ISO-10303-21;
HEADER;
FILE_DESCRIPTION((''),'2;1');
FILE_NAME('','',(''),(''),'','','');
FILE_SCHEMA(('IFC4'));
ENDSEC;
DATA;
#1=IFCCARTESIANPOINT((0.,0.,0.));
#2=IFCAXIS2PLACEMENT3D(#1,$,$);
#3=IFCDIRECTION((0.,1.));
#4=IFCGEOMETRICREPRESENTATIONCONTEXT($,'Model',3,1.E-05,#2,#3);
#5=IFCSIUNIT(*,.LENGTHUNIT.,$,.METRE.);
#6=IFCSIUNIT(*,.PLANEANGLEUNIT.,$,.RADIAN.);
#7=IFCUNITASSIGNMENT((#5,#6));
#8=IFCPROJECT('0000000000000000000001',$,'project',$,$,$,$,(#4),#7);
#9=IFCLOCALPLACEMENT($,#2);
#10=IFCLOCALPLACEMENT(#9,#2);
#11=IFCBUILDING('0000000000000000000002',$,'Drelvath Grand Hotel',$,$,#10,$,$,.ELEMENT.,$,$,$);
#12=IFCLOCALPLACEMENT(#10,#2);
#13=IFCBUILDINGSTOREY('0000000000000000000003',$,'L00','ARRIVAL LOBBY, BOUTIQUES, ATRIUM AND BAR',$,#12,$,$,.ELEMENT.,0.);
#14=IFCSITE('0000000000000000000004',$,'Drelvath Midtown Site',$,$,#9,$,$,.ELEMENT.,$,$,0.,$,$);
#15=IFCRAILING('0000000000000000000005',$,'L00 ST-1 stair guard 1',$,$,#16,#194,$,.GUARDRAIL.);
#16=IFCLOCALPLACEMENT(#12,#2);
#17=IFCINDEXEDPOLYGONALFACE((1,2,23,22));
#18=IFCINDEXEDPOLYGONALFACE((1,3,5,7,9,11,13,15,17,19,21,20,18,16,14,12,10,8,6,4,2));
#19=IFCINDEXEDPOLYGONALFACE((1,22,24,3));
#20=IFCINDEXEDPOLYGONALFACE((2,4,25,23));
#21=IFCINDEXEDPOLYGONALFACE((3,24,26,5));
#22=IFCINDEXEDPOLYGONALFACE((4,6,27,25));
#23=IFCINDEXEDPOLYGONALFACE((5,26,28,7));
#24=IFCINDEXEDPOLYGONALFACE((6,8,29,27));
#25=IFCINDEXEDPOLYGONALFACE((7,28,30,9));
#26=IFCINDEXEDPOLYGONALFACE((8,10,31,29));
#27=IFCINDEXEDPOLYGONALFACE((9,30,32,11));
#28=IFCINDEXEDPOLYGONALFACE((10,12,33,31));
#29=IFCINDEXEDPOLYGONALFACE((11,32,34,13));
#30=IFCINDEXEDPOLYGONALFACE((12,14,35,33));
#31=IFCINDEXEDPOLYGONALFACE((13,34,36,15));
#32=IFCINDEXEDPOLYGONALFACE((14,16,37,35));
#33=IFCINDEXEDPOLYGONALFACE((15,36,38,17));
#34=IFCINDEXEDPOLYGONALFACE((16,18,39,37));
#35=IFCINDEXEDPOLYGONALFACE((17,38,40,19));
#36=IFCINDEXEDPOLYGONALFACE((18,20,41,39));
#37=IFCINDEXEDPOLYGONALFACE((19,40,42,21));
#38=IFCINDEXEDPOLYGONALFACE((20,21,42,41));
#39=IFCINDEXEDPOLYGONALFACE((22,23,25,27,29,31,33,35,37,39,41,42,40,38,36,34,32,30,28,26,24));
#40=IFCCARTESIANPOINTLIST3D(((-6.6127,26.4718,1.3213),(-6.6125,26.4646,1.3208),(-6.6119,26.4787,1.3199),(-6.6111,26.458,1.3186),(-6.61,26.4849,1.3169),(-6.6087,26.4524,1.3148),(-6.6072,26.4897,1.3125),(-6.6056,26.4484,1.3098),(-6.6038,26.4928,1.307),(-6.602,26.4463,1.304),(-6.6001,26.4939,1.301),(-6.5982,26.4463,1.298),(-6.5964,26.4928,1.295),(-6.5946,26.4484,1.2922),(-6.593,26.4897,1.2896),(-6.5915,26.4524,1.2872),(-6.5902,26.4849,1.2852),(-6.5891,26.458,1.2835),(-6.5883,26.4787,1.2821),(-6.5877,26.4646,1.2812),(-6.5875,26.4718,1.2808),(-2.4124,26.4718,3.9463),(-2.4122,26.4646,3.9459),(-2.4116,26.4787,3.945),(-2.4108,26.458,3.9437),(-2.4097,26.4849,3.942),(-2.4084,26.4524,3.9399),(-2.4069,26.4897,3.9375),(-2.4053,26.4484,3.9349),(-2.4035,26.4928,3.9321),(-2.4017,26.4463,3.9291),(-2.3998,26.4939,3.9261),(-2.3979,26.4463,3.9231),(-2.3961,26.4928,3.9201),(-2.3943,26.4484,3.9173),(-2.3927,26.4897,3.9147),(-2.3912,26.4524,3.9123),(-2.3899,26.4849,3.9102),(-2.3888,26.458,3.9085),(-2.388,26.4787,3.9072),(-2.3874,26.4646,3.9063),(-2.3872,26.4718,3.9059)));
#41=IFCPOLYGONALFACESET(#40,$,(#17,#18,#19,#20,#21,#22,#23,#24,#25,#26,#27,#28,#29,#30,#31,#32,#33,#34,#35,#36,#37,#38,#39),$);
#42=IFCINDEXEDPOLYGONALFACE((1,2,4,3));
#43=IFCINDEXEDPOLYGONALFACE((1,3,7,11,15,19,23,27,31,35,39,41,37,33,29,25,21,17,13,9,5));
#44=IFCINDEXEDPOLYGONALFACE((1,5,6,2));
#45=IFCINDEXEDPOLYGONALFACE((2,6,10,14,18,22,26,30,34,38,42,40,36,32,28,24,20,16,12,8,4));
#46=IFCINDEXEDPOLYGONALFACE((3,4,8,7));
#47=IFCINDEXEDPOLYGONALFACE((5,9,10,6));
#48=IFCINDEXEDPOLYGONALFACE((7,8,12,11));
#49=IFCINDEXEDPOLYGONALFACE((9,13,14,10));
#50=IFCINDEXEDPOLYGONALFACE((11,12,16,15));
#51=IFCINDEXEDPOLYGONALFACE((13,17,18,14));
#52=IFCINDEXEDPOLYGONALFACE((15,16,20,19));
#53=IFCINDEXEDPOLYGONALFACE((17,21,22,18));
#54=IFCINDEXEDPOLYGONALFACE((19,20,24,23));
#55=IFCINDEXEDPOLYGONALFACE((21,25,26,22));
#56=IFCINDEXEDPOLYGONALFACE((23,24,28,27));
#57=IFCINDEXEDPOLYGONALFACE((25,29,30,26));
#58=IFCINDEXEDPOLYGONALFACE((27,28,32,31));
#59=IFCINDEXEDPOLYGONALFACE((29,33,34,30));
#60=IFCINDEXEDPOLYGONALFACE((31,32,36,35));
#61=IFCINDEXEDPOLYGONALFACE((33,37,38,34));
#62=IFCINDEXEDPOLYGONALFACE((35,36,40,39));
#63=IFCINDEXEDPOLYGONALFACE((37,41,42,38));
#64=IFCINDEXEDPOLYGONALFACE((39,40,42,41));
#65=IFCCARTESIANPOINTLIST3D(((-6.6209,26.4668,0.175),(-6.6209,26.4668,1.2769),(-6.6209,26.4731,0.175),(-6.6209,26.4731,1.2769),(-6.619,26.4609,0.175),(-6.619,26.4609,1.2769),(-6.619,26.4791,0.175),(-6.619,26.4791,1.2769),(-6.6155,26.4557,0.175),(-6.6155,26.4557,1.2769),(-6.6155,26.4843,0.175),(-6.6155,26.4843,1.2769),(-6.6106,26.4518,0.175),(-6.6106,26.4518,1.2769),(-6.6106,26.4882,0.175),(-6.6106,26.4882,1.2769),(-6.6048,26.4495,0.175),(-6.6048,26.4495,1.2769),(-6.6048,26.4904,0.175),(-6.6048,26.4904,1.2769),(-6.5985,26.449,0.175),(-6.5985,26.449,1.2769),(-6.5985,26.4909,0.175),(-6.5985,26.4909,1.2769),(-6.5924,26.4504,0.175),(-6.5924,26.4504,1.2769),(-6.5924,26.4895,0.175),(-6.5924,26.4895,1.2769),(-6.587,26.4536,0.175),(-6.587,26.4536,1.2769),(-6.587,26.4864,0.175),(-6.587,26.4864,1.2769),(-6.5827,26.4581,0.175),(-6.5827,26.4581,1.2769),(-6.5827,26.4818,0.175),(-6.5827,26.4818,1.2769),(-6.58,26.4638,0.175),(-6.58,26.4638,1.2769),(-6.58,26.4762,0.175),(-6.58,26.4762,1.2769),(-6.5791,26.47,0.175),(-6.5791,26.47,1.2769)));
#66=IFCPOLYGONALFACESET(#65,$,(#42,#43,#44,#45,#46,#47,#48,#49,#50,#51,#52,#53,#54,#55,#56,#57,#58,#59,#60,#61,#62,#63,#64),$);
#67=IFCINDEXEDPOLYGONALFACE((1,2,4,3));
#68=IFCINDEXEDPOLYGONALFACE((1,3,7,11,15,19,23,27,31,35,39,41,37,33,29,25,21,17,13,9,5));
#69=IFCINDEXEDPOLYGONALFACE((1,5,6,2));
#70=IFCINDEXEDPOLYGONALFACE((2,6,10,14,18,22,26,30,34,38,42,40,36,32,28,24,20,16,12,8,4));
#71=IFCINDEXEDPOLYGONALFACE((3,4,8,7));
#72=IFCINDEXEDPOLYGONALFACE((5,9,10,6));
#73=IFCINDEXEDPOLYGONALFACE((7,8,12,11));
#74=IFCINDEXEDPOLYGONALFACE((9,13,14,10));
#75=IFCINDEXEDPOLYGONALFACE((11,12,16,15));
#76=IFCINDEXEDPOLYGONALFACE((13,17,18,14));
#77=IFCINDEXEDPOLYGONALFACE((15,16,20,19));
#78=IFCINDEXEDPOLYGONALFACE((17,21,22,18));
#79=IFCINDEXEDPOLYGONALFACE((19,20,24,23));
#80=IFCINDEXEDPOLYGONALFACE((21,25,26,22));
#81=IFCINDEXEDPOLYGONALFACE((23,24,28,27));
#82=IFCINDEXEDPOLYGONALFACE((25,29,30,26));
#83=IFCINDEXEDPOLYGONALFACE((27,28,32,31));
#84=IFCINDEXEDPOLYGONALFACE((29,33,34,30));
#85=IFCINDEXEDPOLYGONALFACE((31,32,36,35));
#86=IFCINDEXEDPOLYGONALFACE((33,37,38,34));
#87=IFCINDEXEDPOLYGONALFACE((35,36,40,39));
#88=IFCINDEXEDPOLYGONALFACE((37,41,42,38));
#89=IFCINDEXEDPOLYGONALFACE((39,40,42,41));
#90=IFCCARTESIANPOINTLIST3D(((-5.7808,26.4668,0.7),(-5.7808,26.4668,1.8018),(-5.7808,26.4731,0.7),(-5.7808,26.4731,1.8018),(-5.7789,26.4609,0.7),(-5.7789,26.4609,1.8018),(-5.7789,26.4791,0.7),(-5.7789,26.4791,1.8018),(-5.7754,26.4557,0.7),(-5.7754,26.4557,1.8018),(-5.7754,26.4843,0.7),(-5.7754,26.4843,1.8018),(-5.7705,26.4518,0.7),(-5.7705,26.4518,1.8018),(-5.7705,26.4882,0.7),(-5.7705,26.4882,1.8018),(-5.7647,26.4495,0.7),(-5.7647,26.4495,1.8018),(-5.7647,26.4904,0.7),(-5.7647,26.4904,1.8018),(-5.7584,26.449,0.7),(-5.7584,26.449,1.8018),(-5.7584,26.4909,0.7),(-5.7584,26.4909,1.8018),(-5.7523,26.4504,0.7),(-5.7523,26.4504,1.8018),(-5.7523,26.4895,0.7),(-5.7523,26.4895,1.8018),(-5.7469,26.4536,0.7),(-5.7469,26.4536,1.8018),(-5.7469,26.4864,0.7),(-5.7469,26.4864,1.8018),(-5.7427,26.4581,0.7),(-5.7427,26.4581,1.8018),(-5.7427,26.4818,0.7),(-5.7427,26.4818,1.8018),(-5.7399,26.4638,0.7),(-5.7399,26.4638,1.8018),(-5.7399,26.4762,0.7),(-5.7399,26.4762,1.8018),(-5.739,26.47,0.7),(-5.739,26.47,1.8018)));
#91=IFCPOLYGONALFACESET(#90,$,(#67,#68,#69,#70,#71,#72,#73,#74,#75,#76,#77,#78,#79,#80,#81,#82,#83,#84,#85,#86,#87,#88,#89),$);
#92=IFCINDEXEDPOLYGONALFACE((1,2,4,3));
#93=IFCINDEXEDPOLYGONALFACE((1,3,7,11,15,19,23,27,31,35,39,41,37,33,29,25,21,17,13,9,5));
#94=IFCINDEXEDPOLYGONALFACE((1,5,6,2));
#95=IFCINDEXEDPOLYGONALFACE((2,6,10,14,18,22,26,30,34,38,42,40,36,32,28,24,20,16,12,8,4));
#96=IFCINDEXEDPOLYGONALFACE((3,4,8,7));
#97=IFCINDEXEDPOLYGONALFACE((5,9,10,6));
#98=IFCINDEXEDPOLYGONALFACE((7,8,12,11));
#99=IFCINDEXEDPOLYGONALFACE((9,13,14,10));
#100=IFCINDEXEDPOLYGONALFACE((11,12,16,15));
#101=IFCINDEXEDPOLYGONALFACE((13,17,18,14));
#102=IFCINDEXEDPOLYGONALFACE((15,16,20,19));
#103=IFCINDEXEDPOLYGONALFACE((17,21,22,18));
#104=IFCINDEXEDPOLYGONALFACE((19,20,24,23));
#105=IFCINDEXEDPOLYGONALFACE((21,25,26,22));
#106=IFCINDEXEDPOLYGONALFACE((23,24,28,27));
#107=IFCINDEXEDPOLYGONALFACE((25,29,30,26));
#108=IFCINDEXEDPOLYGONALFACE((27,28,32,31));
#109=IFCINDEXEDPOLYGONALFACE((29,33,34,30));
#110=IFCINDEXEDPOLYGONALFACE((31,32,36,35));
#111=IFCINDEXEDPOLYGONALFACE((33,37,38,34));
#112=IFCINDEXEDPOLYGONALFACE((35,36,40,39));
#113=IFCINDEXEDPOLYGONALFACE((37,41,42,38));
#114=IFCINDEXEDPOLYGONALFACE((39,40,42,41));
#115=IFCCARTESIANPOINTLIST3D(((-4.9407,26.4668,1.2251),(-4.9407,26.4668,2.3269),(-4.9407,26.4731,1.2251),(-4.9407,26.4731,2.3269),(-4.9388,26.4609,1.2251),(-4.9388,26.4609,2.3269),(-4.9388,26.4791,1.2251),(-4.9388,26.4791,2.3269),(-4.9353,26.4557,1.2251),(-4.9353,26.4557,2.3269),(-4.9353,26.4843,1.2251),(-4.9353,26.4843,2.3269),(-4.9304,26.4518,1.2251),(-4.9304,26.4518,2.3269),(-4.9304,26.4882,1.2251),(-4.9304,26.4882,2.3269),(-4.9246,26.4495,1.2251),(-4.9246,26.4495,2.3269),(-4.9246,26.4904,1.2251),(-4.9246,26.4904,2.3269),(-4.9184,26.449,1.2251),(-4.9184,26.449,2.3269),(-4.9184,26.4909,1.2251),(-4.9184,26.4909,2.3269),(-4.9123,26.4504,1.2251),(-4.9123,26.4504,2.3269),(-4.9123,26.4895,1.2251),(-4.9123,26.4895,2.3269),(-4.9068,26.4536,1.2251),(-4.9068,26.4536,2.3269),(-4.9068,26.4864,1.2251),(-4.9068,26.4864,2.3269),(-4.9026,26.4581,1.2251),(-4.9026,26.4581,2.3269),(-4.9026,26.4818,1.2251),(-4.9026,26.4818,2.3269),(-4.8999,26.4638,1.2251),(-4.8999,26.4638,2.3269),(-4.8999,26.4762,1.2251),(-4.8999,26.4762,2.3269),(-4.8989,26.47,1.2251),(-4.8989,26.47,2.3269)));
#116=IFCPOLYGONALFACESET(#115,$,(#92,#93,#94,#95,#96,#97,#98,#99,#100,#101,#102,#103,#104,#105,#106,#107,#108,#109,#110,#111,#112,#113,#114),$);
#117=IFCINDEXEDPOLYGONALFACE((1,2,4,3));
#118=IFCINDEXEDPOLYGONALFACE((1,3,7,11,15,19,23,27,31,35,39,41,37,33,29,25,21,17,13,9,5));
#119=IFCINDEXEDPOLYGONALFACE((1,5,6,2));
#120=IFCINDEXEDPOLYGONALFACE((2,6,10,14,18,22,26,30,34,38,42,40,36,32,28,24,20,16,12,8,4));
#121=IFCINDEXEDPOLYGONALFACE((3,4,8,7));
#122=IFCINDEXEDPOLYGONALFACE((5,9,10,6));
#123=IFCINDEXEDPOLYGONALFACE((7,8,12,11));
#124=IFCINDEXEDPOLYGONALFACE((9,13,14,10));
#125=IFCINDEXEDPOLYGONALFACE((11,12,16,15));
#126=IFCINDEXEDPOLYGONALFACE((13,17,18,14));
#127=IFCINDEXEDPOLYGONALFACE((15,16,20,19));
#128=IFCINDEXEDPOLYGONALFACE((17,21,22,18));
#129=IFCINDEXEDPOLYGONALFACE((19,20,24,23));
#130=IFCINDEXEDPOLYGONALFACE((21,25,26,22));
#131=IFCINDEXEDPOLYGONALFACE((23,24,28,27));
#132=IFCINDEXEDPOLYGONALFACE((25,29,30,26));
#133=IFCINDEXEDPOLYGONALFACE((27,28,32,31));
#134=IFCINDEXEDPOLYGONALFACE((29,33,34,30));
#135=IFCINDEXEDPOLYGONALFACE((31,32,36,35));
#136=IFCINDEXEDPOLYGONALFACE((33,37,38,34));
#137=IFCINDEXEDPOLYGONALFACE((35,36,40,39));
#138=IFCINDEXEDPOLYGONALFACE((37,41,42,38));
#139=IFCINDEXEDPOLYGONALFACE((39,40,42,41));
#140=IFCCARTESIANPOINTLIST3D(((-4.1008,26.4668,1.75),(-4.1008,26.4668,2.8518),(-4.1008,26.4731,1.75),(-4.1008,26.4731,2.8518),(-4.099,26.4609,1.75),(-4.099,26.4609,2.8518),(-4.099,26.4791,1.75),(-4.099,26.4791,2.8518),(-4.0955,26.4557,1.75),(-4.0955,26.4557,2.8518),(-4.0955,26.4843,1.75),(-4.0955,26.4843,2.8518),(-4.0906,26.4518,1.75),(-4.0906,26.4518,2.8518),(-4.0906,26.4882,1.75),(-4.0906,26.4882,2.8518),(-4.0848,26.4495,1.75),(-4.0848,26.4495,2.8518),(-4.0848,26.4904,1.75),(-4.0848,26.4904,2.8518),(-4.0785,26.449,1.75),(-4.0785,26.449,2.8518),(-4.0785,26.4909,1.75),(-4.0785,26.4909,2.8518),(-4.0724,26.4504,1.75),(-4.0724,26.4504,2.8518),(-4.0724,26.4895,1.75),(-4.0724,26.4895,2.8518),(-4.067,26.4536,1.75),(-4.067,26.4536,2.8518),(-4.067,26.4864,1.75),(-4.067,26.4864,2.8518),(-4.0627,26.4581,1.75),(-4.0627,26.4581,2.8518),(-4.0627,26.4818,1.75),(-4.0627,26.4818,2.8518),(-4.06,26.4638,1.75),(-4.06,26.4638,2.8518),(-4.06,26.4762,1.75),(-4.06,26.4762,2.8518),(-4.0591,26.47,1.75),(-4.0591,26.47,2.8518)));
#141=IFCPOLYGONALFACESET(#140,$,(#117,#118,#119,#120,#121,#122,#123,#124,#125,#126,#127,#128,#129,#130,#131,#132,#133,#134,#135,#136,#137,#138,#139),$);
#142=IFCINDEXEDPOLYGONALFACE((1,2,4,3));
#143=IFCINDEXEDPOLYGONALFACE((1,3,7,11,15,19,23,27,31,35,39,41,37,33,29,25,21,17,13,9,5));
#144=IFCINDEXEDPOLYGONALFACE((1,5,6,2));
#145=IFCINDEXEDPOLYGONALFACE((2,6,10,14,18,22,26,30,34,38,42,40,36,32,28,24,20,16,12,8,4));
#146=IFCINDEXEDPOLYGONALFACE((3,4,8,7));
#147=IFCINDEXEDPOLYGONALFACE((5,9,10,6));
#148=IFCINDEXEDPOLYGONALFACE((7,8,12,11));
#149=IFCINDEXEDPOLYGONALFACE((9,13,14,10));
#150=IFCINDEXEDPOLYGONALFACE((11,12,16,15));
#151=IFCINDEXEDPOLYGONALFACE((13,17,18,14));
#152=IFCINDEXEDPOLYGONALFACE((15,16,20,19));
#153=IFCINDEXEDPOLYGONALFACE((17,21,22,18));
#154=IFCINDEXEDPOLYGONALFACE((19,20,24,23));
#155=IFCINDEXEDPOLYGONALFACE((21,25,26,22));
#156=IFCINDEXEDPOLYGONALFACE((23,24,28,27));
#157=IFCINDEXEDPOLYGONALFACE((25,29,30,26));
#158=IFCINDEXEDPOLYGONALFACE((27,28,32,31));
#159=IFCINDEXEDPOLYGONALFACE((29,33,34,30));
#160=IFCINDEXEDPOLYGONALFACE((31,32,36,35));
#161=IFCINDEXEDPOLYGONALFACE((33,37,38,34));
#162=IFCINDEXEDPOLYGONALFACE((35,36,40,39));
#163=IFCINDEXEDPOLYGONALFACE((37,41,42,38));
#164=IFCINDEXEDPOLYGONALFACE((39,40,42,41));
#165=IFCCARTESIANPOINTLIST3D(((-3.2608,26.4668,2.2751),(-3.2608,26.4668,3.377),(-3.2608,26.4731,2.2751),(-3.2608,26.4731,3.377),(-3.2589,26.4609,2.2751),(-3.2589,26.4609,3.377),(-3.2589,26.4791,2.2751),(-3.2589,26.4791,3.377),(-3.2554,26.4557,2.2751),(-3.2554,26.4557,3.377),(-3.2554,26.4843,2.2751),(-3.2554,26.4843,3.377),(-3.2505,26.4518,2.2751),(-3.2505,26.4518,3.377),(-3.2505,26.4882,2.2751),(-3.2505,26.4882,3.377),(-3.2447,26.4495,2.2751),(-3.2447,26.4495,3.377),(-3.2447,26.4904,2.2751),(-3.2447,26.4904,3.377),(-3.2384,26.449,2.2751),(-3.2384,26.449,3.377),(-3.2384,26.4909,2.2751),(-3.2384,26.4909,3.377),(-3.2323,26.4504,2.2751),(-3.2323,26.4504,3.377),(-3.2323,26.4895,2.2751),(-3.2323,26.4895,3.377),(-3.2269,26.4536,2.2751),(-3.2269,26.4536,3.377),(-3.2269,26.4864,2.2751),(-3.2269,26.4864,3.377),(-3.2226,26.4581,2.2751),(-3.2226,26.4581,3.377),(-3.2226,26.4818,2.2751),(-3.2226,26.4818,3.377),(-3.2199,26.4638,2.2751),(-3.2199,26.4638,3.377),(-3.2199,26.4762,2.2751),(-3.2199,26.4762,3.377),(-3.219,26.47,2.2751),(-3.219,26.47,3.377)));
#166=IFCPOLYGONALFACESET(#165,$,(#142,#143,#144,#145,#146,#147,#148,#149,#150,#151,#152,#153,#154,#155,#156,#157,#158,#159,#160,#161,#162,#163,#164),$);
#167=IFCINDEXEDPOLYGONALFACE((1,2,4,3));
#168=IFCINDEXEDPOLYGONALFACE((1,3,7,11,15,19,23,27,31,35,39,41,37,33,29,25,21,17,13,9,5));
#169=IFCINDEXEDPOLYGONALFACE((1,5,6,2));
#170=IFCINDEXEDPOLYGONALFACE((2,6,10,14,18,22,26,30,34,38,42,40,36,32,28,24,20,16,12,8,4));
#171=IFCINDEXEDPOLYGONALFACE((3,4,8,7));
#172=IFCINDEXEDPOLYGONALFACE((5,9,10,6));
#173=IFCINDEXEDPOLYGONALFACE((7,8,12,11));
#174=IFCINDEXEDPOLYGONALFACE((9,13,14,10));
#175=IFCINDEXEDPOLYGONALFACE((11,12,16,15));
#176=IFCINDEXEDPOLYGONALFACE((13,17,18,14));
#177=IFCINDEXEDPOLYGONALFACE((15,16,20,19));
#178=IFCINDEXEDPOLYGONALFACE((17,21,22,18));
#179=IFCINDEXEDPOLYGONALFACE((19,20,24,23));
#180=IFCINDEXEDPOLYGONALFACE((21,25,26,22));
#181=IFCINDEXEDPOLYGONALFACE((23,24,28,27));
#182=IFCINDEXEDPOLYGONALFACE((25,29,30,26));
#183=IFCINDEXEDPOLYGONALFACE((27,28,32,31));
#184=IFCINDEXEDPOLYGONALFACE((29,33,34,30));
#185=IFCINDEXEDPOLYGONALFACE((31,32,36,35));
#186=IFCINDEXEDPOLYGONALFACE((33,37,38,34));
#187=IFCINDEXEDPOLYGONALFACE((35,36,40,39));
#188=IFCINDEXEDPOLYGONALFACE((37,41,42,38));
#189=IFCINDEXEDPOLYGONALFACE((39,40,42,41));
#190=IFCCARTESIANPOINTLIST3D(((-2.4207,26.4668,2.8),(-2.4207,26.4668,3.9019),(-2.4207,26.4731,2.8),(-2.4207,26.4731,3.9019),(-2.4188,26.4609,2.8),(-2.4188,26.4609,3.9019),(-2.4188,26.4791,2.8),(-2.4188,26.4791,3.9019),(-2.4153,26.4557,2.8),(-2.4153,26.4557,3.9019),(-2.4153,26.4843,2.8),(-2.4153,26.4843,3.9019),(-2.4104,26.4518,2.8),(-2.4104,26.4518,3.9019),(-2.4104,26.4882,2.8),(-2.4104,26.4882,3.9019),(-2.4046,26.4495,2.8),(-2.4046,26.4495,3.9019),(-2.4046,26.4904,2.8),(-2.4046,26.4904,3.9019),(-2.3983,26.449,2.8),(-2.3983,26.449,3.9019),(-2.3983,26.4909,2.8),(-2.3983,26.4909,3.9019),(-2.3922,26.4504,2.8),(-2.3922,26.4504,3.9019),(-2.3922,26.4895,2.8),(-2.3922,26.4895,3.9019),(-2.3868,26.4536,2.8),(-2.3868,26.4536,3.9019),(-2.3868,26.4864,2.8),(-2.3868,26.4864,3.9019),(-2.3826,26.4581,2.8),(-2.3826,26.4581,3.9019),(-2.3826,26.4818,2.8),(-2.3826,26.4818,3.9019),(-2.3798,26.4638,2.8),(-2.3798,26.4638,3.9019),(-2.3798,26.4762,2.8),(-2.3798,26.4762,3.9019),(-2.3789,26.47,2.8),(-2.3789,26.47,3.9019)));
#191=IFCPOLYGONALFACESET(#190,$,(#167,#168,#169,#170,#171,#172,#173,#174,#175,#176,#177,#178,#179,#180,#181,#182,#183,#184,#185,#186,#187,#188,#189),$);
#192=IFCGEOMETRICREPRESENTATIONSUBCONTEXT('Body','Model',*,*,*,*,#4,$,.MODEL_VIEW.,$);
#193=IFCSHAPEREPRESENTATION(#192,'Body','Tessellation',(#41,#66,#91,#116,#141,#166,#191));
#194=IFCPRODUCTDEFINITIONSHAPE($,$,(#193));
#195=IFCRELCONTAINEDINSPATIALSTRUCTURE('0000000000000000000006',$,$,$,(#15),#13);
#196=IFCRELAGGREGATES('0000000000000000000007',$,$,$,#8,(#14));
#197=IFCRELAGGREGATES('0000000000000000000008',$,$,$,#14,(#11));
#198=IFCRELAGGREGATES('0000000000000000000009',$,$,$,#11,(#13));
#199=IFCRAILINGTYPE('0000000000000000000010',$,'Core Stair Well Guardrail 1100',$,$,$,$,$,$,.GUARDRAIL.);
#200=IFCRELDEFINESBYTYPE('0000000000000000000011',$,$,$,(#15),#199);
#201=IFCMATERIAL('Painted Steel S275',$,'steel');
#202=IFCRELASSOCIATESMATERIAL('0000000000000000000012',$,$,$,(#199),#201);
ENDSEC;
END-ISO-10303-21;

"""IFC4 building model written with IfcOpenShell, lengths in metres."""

from ifc_helpers import new_model, si_unit, direction, frame, origin, origin_2d, place, context, subcontext, project, spatial, circle, extrude, material, type_object, element, save


model = new_model("IFC4")

# Units and contexts
model_context = context("Model", 3, precision=1e-05, world=origin(), true_north=direction((0.0, 1.0)))
body_context = subcontext(model_context, "Body", "Model", "MODEL_VIEW")
ifc_project = project(units=[si_unit("LENGTHUNIT", "METRE"), si_unit("PLANEANGLEUNIT", "RADIAN")], contexts=[model_context])

# Site, building, storey
site_placement = place(None, origin())
site = spatial("IfcSite", under=ifc_project, at=site_placement, Name="Drelvath Midtown Site", CompositionType="ELEMENT", RefElevation=0.0)
building_placement = place(site_placement, origin())
building = spatial("IfcBuilding", under=site, at=building_placement, Name="Drelvath Grand Hotel", CompositionType="ELEMENT")
storey_placement = place(building_placement, origin())
storey = spatial("IfcBuildingStorey", under=building, at=storey_placement, Name="L00", Description="ARRIVAL LOBBY, BOUTIQUES, ATRIUM AND BAR", CompositionType="ELEMENT", Elevation=0.0)

# Shared definitions
ifc_material_1 = material(Name="Painted Steel S275", Category="steel")

# Railing
railing_type_1 = type_object("IfcRailingType", Name="Core Stair Well Guardrail 1100", PredefinedType="GUARDRAIL", material=ifc_material_1)
railing_1_placement = place(storey_placement, frame((-6.6001, 26.47, 0.175)))
element("IfcRailing", 1, at=railing_1_placement, inside=storey, type_object=railing_type_1, Name="L00 ST-1 stair guard 1", PredefinedType="GUARDRAIL", context=body_context, shape_type="SweptSolid", body=[
    extrude(circle(Radius=0.0239, at=origin_2d()), frame((0.0, 0.0, 1.126), z_axis=(0.848009, 0.0, 0.529981), x_axis=(0.0, 1.0, 0.0)), (0.0, 0.0, 1.0), 4.9531),
    extrude(circle(Radius=0.021, at=origin_2d()), origin(), (0.0, 0.0, 1.0), 1.1018),
    extrude(circle(Radius=0.021, at=origin_2d()), frame((0.8401, 0.0, 0.5249)), (0.0, 0.0, 1.0), 1.1018),
    extrude(circle(Radius=0.021, at=origin_2d()), frame((1.6802, 0.0, 1.05)), (0.0, 0.0, 1.0), 1.1018),
    extrude(circle(Radius=0.021, at=origin_2d()), frame((2.52, 0.0, 1.575)), (0.0, 0.0, 1.0), 1.1018),
    extrude(circle(Radius=0.021, at=origin_2d()), frame((3.3601, 0.0, 2.1001)), (0.0, 0.0, 1.0), 1.1018),
    extrude(circle(Radius=0.021, at=origin_2d()), frame((4.2002, 0.0, 2.625)), (0.0, 0.0, 1.0), 1.1018),
])

save(model, "model.ifc")
